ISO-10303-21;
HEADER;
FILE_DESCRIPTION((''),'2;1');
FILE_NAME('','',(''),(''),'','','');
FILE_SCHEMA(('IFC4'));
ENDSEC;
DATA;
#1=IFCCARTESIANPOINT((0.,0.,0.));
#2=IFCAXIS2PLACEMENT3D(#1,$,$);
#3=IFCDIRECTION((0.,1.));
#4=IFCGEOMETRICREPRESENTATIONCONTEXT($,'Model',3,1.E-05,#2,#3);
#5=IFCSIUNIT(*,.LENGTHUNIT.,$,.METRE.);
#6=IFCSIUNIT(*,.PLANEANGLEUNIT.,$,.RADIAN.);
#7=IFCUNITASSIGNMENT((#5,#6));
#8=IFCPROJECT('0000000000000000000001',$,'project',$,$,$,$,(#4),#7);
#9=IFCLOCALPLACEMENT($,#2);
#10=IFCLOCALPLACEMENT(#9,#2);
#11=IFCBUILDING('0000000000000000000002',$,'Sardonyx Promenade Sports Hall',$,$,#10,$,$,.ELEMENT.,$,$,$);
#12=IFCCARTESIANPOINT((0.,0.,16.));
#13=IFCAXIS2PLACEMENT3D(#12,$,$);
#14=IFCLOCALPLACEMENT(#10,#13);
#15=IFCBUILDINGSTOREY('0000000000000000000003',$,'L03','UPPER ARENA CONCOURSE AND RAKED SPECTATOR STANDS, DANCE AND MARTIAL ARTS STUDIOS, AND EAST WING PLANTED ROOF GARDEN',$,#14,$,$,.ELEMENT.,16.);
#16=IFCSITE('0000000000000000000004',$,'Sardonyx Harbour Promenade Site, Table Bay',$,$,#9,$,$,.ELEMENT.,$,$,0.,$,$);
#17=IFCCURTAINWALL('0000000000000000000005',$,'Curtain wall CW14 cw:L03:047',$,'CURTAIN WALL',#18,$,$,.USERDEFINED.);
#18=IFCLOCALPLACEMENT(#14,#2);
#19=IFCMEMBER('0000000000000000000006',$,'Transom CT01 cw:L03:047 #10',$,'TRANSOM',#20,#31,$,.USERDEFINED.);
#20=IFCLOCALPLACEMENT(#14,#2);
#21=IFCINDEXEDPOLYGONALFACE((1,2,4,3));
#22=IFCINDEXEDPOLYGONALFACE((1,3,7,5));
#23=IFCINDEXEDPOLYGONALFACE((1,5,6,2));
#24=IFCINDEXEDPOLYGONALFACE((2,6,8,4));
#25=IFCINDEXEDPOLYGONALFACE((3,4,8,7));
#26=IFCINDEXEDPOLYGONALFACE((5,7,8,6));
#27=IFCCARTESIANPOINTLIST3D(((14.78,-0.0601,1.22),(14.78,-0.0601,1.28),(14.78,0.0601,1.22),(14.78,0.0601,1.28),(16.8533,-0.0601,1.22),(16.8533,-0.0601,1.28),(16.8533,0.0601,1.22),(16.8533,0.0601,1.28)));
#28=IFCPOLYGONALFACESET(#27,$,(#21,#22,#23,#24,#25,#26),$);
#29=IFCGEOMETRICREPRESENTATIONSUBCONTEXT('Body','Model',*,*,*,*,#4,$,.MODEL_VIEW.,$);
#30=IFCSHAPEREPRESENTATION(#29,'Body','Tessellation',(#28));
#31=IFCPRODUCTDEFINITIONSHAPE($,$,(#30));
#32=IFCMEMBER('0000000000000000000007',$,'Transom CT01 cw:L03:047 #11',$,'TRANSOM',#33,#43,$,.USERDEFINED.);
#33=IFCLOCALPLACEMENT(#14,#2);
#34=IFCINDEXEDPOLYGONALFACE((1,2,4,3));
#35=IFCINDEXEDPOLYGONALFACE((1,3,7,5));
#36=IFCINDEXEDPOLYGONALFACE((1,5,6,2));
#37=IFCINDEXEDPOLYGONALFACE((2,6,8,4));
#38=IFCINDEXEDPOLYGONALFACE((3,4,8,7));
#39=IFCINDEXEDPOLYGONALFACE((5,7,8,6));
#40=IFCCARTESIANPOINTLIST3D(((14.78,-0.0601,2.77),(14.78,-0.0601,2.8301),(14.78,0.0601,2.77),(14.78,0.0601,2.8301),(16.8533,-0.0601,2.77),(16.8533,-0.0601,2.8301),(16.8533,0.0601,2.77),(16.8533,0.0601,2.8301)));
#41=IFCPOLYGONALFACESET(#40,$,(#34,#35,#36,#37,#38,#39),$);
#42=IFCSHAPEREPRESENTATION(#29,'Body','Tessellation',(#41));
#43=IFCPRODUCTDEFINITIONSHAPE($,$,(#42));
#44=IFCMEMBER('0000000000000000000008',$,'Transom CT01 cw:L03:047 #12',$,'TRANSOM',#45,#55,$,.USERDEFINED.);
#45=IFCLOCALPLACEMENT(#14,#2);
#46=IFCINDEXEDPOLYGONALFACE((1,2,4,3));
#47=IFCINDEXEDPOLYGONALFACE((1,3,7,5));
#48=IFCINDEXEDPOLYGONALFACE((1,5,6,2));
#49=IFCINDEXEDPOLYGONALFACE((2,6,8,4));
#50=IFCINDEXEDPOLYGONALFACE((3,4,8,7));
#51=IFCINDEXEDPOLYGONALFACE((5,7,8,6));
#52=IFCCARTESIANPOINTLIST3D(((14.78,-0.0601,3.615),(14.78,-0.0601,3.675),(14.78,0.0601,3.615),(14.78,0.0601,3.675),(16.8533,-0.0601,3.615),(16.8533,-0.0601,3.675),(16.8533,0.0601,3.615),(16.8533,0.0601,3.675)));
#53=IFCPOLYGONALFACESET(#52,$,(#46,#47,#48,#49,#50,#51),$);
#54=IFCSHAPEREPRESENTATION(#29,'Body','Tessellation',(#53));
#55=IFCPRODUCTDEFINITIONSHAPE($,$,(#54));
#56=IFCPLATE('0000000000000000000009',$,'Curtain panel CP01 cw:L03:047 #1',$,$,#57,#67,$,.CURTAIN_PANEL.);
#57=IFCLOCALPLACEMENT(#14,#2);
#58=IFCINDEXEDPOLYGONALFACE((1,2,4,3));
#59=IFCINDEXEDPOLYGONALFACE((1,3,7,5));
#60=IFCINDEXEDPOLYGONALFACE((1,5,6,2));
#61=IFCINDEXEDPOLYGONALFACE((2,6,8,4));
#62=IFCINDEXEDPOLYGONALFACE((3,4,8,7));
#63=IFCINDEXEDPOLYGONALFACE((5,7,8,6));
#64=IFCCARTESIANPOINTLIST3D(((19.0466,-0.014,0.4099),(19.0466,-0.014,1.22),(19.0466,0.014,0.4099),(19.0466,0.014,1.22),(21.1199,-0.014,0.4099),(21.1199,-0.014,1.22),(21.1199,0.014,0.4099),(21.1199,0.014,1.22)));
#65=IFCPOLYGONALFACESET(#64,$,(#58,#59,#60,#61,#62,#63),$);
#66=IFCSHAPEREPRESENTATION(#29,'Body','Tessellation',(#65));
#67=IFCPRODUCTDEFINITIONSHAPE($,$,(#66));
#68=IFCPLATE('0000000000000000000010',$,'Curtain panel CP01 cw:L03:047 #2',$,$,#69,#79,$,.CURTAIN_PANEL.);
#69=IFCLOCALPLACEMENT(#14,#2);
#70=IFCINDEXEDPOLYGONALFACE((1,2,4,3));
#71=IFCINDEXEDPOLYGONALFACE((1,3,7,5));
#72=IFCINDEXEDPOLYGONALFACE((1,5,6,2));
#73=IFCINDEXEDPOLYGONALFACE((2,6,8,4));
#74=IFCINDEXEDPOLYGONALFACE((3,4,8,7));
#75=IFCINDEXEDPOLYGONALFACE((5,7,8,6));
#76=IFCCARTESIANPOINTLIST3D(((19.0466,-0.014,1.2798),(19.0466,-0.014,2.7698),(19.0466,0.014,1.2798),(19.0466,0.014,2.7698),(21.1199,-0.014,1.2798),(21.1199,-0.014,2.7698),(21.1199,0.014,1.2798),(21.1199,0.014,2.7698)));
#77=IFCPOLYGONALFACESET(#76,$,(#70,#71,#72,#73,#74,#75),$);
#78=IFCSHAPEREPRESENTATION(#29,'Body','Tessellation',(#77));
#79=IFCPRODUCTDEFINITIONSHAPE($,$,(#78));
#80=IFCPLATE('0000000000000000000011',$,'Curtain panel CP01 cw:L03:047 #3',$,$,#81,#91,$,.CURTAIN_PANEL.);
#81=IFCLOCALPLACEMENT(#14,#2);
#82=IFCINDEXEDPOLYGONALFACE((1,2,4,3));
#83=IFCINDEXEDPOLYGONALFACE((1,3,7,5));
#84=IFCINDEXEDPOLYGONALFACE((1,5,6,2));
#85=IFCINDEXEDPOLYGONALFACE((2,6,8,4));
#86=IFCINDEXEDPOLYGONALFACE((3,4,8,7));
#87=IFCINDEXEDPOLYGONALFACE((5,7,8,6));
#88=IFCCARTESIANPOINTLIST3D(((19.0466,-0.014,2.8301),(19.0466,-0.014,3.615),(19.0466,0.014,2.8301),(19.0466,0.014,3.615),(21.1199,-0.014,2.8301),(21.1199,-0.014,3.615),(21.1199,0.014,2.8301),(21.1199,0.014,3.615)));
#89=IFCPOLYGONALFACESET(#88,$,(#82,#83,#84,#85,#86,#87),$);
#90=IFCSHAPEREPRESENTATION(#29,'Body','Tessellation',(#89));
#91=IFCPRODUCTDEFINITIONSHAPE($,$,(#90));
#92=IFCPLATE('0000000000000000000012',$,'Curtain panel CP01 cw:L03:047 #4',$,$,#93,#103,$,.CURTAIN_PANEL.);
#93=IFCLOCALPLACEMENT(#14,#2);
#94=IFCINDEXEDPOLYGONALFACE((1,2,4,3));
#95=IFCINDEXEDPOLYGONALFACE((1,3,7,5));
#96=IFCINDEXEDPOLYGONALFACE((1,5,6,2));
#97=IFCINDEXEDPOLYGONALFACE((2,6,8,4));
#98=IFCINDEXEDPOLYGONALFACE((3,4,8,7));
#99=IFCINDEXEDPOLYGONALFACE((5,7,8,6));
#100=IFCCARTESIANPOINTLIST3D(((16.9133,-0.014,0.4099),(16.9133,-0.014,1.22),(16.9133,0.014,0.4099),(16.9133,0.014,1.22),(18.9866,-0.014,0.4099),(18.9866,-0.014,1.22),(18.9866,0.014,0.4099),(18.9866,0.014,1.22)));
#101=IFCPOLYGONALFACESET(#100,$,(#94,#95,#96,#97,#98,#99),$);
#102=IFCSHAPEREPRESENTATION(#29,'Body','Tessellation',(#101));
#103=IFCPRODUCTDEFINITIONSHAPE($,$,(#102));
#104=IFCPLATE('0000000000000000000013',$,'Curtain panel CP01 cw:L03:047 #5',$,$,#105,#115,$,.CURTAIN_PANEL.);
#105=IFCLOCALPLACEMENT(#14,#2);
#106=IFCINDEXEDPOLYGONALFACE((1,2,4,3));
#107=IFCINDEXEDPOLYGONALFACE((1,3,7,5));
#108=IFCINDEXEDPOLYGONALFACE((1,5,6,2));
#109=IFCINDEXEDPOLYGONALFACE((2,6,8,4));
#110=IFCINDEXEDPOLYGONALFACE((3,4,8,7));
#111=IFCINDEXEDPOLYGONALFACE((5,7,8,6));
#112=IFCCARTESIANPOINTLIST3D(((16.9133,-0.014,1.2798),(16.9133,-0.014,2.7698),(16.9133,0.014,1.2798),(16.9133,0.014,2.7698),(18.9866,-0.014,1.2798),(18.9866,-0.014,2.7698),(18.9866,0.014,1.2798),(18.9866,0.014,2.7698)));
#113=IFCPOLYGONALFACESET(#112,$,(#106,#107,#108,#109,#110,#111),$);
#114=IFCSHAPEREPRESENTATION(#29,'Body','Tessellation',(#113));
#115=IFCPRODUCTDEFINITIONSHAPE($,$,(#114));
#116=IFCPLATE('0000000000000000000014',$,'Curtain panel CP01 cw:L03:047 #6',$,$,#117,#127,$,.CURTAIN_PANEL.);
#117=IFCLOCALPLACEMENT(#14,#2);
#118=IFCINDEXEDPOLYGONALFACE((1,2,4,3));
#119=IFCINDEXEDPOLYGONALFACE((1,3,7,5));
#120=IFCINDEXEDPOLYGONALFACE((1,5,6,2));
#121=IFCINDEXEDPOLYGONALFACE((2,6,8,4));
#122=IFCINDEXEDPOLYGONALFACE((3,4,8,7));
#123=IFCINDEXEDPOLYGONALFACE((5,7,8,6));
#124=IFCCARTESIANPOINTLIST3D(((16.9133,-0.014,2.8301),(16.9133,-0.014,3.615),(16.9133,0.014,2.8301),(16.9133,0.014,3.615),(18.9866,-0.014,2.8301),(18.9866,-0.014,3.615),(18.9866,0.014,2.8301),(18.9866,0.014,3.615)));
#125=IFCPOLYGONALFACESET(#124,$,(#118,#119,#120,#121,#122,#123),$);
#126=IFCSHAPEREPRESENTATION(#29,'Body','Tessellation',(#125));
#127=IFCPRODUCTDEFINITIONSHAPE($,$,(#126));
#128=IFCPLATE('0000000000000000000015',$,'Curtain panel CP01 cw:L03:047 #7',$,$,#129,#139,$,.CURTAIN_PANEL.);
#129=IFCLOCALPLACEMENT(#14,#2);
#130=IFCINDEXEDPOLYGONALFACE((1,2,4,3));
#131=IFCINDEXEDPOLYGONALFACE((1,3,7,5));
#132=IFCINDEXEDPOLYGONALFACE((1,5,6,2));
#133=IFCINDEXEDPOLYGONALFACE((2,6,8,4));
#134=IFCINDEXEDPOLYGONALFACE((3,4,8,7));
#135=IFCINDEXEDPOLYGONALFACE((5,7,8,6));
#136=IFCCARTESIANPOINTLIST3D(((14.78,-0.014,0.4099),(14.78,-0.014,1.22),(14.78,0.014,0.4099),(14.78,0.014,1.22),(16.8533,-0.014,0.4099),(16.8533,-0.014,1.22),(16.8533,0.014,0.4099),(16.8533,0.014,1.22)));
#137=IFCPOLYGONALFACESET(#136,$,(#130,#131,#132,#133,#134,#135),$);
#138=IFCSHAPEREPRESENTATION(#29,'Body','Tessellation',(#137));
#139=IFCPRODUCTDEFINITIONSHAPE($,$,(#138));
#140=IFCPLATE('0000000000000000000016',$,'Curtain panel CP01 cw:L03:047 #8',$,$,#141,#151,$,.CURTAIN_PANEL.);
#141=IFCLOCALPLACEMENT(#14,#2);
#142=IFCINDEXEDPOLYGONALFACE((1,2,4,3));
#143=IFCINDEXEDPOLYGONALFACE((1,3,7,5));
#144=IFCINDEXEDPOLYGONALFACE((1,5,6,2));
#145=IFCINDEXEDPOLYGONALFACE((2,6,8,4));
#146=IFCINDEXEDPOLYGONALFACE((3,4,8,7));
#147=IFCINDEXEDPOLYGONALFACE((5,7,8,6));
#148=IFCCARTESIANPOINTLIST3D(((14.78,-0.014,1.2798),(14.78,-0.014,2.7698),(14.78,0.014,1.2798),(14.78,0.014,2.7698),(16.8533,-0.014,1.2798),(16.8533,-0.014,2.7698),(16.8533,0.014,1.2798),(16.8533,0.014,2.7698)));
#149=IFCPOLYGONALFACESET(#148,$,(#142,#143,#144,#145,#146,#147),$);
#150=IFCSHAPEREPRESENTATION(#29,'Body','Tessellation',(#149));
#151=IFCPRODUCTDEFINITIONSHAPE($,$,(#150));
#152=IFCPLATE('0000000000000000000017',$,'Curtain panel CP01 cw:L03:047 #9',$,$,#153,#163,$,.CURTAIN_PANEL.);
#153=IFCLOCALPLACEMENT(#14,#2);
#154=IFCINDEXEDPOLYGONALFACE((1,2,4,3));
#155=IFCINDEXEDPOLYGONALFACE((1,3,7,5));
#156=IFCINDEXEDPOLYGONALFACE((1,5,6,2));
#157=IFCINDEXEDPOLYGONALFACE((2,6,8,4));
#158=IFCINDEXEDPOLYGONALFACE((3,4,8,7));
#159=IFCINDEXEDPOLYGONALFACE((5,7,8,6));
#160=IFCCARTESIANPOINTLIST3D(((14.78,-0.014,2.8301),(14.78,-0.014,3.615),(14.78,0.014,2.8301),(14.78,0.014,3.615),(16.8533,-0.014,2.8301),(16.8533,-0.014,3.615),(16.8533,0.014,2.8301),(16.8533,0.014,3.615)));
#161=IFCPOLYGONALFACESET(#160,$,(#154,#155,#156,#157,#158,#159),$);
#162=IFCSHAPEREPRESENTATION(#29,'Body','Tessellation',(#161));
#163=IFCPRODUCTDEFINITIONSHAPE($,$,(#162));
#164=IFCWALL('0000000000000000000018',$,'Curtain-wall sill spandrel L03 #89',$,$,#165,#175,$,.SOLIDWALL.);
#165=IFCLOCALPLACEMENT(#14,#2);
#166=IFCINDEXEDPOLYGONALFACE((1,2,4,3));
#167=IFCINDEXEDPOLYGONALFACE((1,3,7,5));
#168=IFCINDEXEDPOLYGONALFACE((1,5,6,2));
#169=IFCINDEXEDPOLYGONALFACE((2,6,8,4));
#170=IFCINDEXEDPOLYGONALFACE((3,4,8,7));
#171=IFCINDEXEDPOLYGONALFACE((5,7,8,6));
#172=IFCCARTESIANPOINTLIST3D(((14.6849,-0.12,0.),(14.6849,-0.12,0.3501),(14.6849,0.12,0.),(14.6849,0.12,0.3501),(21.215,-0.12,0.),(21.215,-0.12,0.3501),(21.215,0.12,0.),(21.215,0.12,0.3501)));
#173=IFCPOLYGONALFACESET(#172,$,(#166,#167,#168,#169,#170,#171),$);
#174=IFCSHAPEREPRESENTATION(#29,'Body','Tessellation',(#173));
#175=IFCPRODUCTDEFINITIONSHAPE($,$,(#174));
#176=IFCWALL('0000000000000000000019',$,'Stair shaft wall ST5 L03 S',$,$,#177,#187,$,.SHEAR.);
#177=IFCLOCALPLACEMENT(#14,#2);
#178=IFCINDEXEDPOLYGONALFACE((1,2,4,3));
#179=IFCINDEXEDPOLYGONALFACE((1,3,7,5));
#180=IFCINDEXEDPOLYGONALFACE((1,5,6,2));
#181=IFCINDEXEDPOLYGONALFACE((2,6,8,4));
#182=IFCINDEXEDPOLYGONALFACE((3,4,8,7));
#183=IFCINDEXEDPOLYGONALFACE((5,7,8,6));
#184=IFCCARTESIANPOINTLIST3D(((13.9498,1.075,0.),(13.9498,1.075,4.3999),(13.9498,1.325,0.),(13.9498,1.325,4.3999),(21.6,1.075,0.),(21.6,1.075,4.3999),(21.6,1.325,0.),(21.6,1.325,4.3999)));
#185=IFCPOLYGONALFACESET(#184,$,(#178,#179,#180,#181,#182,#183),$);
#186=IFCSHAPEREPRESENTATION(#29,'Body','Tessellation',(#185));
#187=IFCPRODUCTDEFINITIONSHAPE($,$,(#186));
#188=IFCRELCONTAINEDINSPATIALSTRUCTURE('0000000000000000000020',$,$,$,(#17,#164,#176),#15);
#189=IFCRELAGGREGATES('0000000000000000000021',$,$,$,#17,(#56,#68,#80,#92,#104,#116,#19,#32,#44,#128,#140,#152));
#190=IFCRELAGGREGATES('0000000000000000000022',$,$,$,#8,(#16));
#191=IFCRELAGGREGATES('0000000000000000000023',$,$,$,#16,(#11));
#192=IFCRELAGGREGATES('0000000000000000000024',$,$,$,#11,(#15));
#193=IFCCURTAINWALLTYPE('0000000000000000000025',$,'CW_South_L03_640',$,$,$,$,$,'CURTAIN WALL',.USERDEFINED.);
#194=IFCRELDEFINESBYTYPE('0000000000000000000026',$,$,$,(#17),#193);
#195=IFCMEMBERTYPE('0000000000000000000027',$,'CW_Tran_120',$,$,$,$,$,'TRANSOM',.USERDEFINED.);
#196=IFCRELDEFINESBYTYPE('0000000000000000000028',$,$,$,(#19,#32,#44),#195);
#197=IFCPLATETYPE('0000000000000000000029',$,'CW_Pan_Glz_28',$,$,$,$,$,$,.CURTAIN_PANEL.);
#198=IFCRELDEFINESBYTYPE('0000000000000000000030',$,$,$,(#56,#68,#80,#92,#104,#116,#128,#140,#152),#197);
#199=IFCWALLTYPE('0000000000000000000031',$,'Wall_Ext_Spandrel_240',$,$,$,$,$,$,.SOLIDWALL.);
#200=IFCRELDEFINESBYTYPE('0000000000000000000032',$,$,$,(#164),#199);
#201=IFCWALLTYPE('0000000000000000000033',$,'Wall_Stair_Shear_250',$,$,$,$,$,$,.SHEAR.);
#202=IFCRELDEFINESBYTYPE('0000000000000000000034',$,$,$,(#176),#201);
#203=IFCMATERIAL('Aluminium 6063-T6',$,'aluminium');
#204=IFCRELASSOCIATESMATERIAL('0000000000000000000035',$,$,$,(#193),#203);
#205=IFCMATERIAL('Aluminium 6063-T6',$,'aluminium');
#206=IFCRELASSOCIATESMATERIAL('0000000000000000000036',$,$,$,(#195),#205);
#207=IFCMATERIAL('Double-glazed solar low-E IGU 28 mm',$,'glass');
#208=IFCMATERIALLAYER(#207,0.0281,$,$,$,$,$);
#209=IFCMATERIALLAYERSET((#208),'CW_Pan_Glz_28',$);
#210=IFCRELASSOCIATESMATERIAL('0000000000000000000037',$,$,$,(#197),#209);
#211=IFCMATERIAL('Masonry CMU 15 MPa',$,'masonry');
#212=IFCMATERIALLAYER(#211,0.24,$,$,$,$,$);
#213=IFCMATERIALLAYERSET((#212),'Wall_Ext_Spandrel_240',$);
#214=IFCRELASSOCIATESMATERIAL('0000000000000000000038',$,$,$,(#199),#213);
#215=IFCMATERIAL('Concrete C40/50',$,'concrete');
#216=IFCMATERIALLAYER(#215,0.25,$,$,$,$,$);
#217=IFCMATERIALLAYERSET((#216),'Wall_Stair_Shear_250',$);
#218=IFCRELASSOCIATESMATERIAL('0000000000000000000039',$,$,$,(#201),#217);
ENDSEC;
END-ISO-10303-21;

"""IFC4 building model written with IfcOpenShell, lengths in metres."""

from ifc_helpers import new_model, si_unit, direction, frame, frame_2d, origin, origin_2d, place, context, subcontext, project, spatial, rectangle, extrude, material, layer, layer_set, material_profile, profile_set, type_object, element, aggregate, save


model = new_model("IFC4")

# Units and contexts
model_context = context("Model", 3, precision=1e-05, world=origin(), true_north=direction((0.0, 1.0)))
body_context = subcontext(model_context, "Body", "Model", "MODEL_VIEW")
ifc_project = project(units=[si_unit("LENGTHUNIT", "METRE"), si_unit("PLANEANGLEUNIT", "RADIAN")], contexts=[model_context])

# Site, building, storey
site_placement = place(None, origin())
site = spatial("IfcSite", under=ifc_project, at=site_placement, Name="Sardonyx Harbour Promenade Site, Table Bay", CompositionType="ELEMENT", RefElevation=0.0)
building_placement = place(site_placement, origin())
building = spatial("IfcBuilding", under=site, at=building_placement, Name="Sardonyx Promenade Sports Hall", CompositionType="ELEMENT")
storey_placement = place(building_placement, frame((0.0, 0.0, 16.0)))
storey = spatial("IfcBuildingStorey", under=building, at=storey_placement, Name="L03", Description="UPPER ARENA CONCOURSE AND RAKED SPECTATOR STANDS, DANCE AND MARTIAL ARTS STUDIOS, AND EAST WING PLANTED ROOF GARDEN", CompositionType="ELEMENT", Elevation=16.0)

# Curtain wall, members, plates
ifc_material_1 = material(Name="Aluminium 6063-T6", Category="aluminium")
curtain_wall_type = type_object("IfcCurtainWallType", Name="CW_South_L03_640", ElementType="CURTAIN WALL", PredefinedType="USERDEFINED", material=ifc_material_1)
curtain_wall_placement = place(storey_placement, origin())
curtain_wall = element("IfcCurtainWall", 1, at=curtain_wall_placement, inside=storey, type_object=curtain_wall_type, Name="Curtain wall CW14 cw:L03:047", ObjectType="CURTAIN WALL", PredefinedType="USERDEFINED")
ifc_material_2 = material(Name="Aluminium 6063-T6", Category="aluminium")
ifc_material_profile_1 = material_profile(ifc_material_2, rectangle(XDim=0.0601, YDim=0.1201, at=origin_2d()))
ifc_profile_set_1 = profile_set([ifc_material_profile_1], Name="Aluminium 6063-T6")
member_type_1 = type_object("IfcMemberType", Name="CW_Tran_120", ElementType="TRANSOM", PredefinedType="USERDEFINED", material=ifc_profile_set_1)
member_1_placement = place(storey_placement, frame((16.8533, 0.0, 1.25), z_axis=(-1.0, 0.0, 0.0), x_axis=(0.0, 0.0, 1.0)))
member_1 = element("IfcMember", 2, at=member_1_placement, type_object=member_type_1, Name="Transom CT01 cw:L03:047 #10", ObjectType="TRANSOM", PredefinedType="USERDEFINED", context=body_context, shape_type="SweptSolid", body=[
    extrude(rectangle(XDim=0.0601, YDim=0.1201, at=origin_2d()), origin(), (0.0, 0.0, 1.0), 2.0732),
])
member_2_placement = place(storey_placement, frame((16.8533, 0.0, 2.8), z_axis=(-1.0, 0.0, 0.0), x_axis=(0.0, 0.0, 1.0)))
member_2 = element("IfcMember", 3, at=member_2_placement, type_object=member_type_1, Name="Transom CT01 cw:L03:047 #11", ObjectType="TRANSOM", PredefinedType="USERDEFINED", context=body_context, shape_type="SweptSolid", body=[
    extrude(rectangle(XDim=0.0601, YDim=0.1201, at=origin_2d()), origin(), (0.0, 0.0, 1.0), 2.0732),
])
member_3_placement = place(storey_placement, frame((16.8533, 0.0, 3.645), z_axis=(-1.0, 0.0, 0.0), x_axis=(0.0, 0.0, 1.0)))
member_3 = element("IfcMember", 4, at=member_3_placement, type_object=member_type_1, Name="Transom CT01 cw:L03:047 #12", ObjectType="TRANSOM", PredefinedType="USERDEFINED", context=body_context, shape_type="SweptSolid", body=[
    extrude(rectangle(XDim=0.0601, YDim=0.1201, at=origin_2d()), origin(), (0.0, 0.0, 1.0), 2.0732),
])
ifc_material_3 = material(Name="Double-glazed solar low-E IGU 28 mm", Category="glass")
ifc_layer_1 = layer(ifc_material_3, 0.0281)
ifc_layer_set_1 = layer_set([ifc_layer_1], Name="CW_Pan_Glz_28")
plate_type = type_object("IfcPlateType", Name="CW_Pan_Glz_28", PredefinedType="CURTAIN_PANEL", material=ifc_layer_set_1)
plate_1_placement = place(storey_placement, frame((20.0833, 0.0, 0.4099), z_axis=(0.0, 0.0, 1.0), x_axis=(-1.0, 0.0, 0.0)))
plate_1 = element("IfcPlate", 5, at=plate_1_placement, type_object=plate_type, Name="Curtain panel CP01 cw:L03:047 #1", PredefinedType="CURTAIN_PANEL", context=body_context, shape_type="SweptSolid", body=[
    extrude(rectangle(XDim=2.0732, YDim=0.0281, at=origin_2d()), origin(), (0.0, 0.0, 1.0), 0.8101),
])
plate_2_placement = place(storey_placement, frame((20.0833, 0.0, 1.2798), z_axis=(0.0, 0.0, 1.0), x_axis=(-1.0, 0.0, 0.0)))
plate_2 = element("IfcPlate", 6, at=plate_2_placement, type_object=plate_type, Name="Curtain panel CP01 cw:L03:047 #2", PredefinedType="CURTAIN_PANEL", context=body_context, shape_type="SweptSolid", body=[
    extrude(rectangle(XDim=2.0732, YDim=0.0281, at=origin_2d()), origin(), (0.0, 0.0, 1.0), 1.49),
])
plate_3_placement = place(storey_placement, frame((20.0833, 0.0, 2.8301), z_axis=(0.0, 0.0, 1.0), x_axis=(-1.0, 0.0, 0.0)))
plate_3 = element("IfcPlate", 7, at=plate_3_placement, type_object=plate_type, Name="Curtain panel CP01 cw:L03:047 #3", PredefinedType="CURTAIN_PANEL", context=body_context, shape_type="SweptSolid", body=[
    extrude(rectangle(XDim=2.0732, YDim=0.0281, at=origin_2d()), origin(), (0.0, 0.0, 1.0), 0.7849),
])
plate_4_placement = place(storey_placement, frame((17.95, 0.0, 0.4099), z_axis=(0.0, 0.0, 1.0), x_axis=(-1.0, 0.0, 0.0)))
plate_4 = element("IfcPlate", 8, at=plate_4_placement, type_object=plate_type, Name="Curtain panel CP01 cw:L03:047 #4", PredefinedType="CURTAIN_PANEL", context=body_context, shape_type="SweptSolid", body=[
    extrude(rectangle(XDim=2.0732, YDim=0.0281, at=origin_2d()), origin(), (0.0, 0.0, 1.0), 0.8101),
])
plate_5_placement = place(storey_placement, frame((17.95, 0.0, 1.2798), z_axis=(0.0, 0.0, 1.0), x_axis=(-1.0, 0.0, 0.0)))
plate_5 = element("IfcPlate", 9, at=plate_5_placement, type_object=plate_type, Name="Curtain panel CP01 cw:L03:047 #5", PredefinedType="CURTAIN_PANEL", context=body_context, shape_type="SweptSolid", body=[
    extrude(rectangle(XDim=2.0732, YDim=0.0281, at=origin_2d()), origin(), (0.0, 0.0, 1.0), 1.49),
])
plate_6_placement = place(storey_placement, frame((17.95, 0.0, 2.8301), z_axis=(0.0, 0.0, 1.0), x_axis=(-1.0, 0.0, 0.0)))
plate_6 = element("IfcPlate", 10, at=plate_6_placement, type_object=plate_type, Name="Curtain panel CP01 cw:L03:047 #6", PredefinedType="CURTAIN_PANEL", context=body_context, shape_type="SweptSolid", body=[
    extrude(rectangle(XDim=2.0732, YDim=0.0281, at=origin_2d()), origin(), (0.0, 0.0, 1.0), 0.7849),
])
plate_7_placement = place(storey_placement, frame((15.8167, 0.0, 0.4099), z_axis=(0.0, 0.0, 1.0), x_axis=(-1.0, 0.0, 0.0)))
plate_7 = element("IfcPlate", 11, at=plate_7_placement, type_object=plate_type, Name="Curtain panel CP01 cw:L03:047 #7", PredefinedType="CURTAIN_PANEL", context=body_context, shape_type="SweptSolid", body=[
    extrude(rectangle(XDim=2.0732, YDim=0.0281, at=origin_2d()), origin(), (0.0, 0.0, 1.0), 0.8101),
])
plate_8_placement = place(storey_placement, frame((15.8167, 0.0, 1.2798), z_axis=(0.0, 0.0, 1.0), x_axis=(-1.0, 0.0, 0.0)))
plate_8 = element("IfcPlate", 12, at=plate_8_placement, type_object=plate_type, Name="Curtain panel CP01 cw:L03:047 #8", PredefinedType="CURTAIN_PANEL", context=body_context, shape_type="SweptSolid", body=[
    extrude(rectangle(XDim=2.0732, YDim=0.0281, at=origin_2d()), origin(), (0.0, 0.0, 1.0), 1.49),
])
plate_9_placement = place(storey_placement, frame((15.8167, 0.0, 2.8301), z_axis=(0.0, 0.0, 1.0), x_axis=(-1.0, 0.0, 0.0)))
plate_9 = element("IfcPlate", 13, at=plate_9_placement, type_object=plate_type, Name="Curtain panel CP01 cw:L03:047 #9", PredefinedType="CURTAIN_PANEL", context=body_context, shape_type="SweptSolid", body=[
    extrude(rectangle(XDim=2.0732, YDim=0.0281, at=origin_2d()), origin(), (0.0, 0.0, 1.0), 0.7849),
])
aggregate(curtain_wall, [plate_1, plate_2, plate_3, plate_4, plate_5, plate_6, member_1, member_2, member_3, plate_7, plate_8, plate_9])

# Walls
ifc_material_4 = material(Name="Masonry CMU 15 MPa", Category="masonry")
ifc_layer_2 = layer(ifc_material_4, 0.24)
ifc_layer_set_2 = layer_set([ifc_layer_2], Name="Wall_Ext_Spandrel_240")
wall_type_1 = type_object("IfcWallType", Name="Wall_Ext_Spandrel_240", PredefinedType="SOLIDWALL", material=ifc_layer_set_2)
wall_1_placement = place(storey_placement, frame((21.2151, 0.0, 0.0), z_axis=(0.0, 0.0, 1.0), x_axis=(-1.0, 0.0, 0.0)))
element("IfcWall", 14, at=wall_1_placement, inside=storey, type_object=wall_type_1, Name="Curtain-wall sill spandrel L03 #89", PredefinedType="SOLIDWALL", context=body_context, shape_type="SweptSolid", body=[
    extrude(rectangle(XDim=6.53, YDim=0.24, at=frame_2d((3.2651, 0.0))), origin(), (0.0, 0.0, 1.0), 0.3501),
])
ifc_material_5 = material(Name="Concrete C40/50", Category="concrete")
ifc_layer_3 = layer(ifc_material_5, 0.25)
ifc_layer_set_3 = layer_set([ifc_layer_3], Name="Wall_Stair_Shear_250")
wall_type_2 = type_object("IfcWallType", Name="Wall_Stair_Shear_250", PredefinedType="SHEAR", material=ifc_layer_set_3)
wall_2_placement = place(storey_placement, frame((21.6001, 1.2, 0.0), z_axis=(0.0, 0.0, 1.0), x_axis=(-1.0, 0.0, 0.0)))
element("IfcWall", 15, at=wall_2_placement, inside=storey, type_object=wall_type_2, Name="Stair shaft wall ST5 L03 S", PredefinedType="SHEAR", context=body_context, shape_type="SweptSolid", body=[
    extrude(rectangle(XDim=7.6501, YDim=0.25, at=frame_2d((3.8252, 0.0))), origin(), (0.0, 0.0, 1.0), 4.3999),
])

save(model, "model.ifc")
